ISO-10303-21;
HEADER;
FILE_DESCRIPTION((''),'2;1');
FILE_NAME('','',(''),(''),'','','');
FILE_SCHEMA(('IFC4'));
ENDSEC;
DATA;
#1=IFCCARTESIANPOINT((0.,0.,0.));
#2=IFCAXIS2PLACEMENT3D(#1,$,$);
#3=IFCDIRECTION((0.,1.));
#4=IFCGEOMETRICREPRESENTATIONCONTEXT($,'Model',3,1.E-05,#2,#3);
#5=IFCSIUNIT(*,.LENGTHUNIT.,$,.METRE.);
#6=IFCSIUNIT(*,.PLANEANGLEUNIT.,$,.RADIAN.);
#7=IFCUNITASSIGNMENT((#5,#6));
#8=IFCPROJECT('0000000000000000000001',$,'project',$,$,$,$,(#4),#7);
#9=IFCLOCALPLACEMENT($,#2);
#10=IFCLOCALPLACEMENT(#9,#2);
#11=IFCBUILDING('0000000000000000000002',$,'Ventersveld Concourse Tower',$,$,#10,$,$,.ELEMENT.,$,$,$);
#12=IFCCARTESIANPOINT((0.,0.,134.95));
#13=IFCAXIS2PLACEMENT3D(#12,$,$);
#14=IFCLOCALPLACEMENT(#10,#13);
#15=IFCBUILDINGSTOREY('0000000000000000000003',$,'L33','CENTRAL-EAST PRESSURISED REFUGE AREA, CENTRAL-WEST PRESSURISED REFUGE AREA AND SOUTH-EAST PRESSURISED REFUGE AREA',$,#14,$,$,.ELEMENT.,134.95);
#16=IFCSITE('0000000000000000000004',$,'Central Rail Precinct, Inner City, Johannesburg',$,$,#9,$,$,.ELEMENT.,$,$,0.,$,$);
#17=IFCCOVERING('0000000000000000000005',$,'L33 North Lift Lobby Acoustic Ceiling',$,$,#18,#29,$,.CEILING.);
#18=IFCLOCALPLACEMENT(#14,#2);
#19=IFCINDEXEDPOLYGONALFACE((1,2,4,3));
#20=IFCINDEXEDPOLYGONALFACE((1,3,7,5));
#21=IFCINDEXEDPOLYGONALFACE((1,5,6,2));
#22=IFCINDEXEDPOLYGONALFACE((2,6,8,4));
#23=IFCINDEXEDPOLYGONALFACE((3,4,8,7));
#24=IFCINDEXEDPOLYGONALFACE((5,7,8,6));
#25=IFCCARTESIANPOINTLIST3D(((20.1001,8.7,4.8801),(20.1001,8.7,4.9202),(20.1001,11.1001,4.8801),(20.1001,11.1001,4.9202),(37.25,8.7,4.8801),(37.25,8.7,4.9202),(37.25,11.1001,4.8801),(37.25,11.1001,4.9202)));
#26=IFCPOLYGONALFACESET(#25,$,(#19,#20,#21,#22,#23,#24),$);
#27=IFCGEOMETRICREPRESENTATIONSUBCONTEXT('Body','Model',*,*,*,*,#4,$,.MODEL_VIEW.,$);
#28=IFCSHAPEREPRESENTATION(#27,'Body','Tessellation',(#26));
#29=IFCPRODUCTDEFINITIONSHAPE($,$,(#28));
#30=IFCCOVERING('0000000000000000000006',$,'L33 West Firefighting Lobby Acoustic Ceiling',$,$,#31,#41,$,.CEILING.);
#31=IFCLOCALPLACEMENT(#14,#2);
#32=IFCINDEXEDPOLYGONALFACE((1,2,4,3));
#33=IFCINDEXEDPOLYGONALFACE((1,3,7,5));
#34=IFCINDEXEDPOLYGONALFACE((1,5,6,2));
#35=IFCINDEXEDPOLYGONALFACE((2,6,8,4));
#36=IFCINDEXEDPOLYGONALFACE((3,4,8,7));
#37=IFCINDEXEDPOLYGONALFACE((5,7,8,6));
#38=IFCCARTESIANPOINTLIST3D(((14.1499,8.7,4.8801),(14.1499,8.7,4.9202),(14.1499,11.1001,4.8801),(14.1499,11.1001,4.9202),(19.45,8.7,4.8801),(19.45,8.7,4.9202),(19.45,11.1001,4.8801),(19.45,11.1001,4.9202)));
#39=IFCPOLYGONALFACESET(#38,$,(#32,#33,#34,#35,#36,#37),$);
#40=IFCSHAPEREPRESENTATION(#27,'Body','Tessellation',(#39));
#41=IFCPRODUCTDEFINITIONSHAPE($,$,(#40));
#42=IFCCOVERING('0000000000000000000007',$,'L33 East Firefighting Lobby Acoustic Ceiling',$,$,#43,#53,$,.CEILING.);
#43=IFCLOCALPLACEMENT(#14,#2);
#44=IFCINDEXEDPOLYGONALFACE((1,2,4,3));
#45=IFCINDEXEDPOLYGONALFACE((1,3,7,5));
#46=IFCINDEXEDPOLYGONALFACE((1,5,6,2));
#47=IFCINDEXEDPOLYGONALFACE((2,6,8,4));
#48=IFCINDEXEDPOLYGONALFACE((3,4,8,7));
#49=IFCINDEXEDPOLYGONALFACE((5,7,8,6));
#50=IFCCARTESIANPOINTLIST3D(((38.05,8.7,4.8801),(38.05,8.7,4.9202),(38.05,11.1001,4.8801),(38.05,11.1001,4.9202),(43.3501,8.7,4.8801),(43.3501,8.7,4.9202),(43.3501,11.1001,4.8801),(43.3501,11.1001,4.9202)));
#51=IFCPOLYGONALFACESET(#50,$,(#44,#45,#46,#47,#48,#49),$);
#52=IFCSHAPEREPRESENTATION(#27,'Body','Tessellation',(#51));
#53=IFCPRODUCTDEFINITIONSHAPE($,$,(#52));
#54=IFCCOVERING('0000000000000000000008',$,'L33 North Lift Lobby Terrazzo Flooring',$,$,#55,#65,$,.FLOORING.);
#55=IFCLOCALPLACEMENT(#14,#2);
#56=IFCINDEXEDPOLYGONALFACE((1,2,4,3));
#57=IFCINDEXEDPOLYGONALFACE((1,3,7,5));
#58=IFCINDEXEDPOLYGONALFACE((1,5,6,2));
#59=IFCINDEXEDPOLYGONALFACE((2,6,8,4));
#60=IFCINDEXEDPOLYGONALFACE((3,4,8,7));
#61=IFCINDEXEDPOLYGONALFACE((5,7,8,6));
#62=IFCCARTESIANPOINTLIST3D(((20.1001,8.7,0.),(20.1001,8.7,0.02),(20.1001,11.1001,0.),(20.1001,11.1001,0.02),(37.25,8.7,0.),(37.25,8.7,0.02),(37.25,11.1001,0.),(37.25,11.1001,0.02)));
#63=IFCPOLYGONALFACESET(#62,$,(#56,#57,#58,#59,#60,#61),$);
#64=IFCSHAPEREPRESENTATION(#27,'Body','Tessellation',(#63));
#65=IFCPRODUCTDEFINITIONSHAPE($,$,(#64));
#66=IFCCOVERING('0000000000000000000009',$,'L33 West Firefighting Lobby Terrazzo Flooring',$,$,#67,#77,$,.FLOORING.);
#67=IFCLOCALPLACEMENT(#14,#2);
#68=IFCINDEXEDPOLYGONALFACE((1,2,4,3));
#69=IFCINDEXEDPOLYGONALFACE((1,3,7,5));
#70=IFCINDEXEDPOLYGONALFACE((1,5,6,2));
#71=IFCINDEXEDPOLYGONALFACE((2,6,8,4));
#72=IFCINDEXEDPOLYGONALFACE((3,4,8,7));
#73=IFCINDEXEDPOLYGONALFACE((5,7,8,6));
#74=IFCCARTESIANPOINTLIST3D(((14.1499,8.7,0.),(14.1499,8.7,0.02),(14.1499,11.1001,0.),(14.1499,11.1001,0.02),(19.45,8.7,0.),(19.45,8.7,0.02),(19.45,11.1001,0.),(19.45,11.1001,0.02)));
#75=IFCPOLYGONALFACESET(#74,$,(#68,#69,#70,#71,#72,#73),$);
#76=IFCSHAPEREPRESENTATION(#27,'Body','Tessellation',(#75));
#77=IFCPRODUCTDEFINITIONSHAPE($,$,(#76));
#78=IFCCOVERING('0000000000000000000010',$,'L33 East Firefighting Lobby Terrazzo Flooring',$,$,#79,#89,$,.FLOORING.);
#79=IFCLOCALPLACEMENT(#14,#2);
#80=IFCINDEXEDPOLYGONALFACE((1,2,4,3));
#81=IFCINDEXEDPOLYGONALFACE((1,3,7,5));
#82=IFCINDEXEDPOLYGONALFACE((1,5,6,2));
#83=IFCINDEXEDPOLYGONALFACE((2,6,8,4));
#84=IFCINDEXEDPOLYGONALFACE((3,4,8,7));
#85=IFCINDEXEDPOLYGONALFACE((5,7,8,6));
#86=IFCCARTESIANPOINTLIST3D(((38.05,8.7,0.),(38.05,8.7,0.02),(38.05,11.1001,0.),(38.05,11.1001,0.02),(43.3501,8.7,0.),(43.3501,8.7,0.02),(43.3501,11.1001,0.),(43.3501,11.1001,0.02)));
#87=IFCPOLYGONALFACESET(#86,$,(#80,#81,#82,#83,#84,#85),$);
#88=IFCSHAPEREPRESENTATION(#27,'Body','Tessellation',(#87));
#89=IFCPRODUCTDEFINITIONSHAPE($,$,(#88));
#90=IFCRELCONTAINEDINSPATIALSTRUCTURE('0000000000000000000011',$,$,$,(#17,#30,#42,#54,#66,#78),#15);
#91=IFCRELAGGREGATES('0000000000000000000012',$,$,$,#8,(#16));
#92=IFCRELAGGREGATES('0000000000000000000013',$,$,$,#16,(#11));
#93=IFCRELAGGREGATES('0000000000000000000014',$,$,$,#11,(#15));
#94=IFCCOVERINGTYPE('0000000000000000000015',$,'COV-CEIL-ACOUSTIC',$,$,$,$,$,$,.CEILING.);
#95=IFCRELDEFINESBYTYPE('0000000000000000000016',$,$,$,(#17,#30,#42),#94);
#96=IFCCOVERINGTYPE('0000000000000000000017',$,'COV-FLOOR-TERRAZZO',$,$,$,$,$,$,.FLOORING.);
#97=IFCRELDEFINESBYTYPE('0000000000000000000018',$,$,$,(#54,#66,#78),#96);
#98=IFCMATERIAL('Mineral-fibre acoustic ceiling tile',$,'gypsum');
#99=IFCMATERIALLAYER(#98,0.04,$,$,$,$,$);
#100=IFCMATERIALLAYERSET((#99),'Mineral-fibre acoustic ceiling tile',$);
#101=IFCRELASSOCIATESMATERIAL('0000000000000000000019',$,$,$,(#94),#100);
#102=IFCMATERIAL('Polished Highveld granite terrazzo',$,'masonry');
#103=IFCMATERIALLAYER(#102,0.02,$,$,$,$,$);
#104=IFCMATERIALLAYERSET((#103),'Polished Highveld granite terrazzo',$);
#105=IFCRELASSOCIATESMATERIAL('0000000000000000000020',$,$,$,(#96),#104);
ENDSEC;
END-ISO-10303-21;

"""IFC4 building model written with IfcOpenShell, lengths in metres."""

from ifc_helpers import new_model, si_unit, direction, frame, origin, place, context, subcontext, project, spatial, polyline, outline, extrude, material, layer, layer_set, type_object, element, save


model = new_model("IFC4")

# Units and contexts
model_context = context("Model", 3, precision=1e-05, world=origin(), true_north=direction((0.0, 1.0)))
body_context = subcontext(model_context, "Body", "Model", "MODEL_VIEW")
ifc_project = project(units=[si_unit("LENGTHUNIT", "METRE"), si_unit("PLANEANGLEUNIT", "RADIAN")], contexts=[model_context])

# Site, building, storey
site_placement = place(None, origin())
site = spatial("IfcSite", under=ifc_project, at=site_placement, Name="Central Rail Precinct, Inner City, Johannesburg", CompositionType="ELEMENT", RefElevation=0.0)
building_placement = place(site_placement, origin())
building = spatial("IfcBuilding", under=site, at=building_placement, Name="Ventersveld Concourse Tower", CompositionType="ELEMENT")
storey_placement = place(building_placement, frame((0.0, 0.0, 134.95)))
storey = spatial("IfcBuildingStorey", under=building, at=storey_placement, Name="L33", Description="CENTRAL-EAST PRESSURISED REFUGE AREA, CENTRAL-WEST PRESSURISED REFUGE AREA AND SOUTH-EAST PRESSURISED REFUGE AREA", CompositionType="ELEMENT", Elevation=134.95)

# Coverings
ifc_material_1 = material(Name="Mineral-fibre acoustic ceiling tile", Category="gypsum")
ifc_layer_1 = layer(ifc_material_1, 0.04)
ifc_layer_set_1 = layer_set([ifc_layer_1], Name="Mineral-fibre acoustic ceiling tile")
covering_type_1 = type_object("IfcCoveringType", Name="COV-CEIL-ACOUSTIC", PredefinedType="CEILING", material=ifc_layer_set_1)
covering_1_placement = place(storey_placement, frame((0.0, 0.0, 4.8801)))
element("IfcCovering", 1, at=covering_1_placement, inside=storey, type_object=covering_type_1, Name="L33 North Lift Lobby Acoustic Ceiling", PredefinedType="CEILING", context=body_context, shape_type="SweptSolid", body=[
    extrude(outline(polyline([(20.1001, 8.7), (37.25, 8.7), (37.25, 11.1001), (20.1001, 11.1001), (20.1001, 8.7)])), origin(), (0.0, 0.0, 1.0), 0.04),
])
covering_2_placement = place(storey_placement, frame((0.0, 0.0, 4.8801)))
element("IfcCovering", 2, at=covering_2_placement, inside=storey, type_object=covering_type_1, Name="L33 West Firefighting Lobby Acoustic Ceiling", PredefinedType="CEILING", context=body_context, shape_type="SweptSolid", body=[
    extrude(outline(polyline([(14.1499, 8.7), (19.45, 8.7), (19.45, 11.1001), (14.1499, 11.1001), (14.1499, 8.7)])), origin(), (0.0, 0.0, 1.0), 0.04),
])
covering_3_placement = place(storey_placement, frame((0.0, 0.0, 4.8801)))
element("IfcCovering", 3, at=covering_3_placement, inside=storey, type_object=covering_type_1, Name="L33 East Firefighting Lobby Acoustic Ceiling", PredefinedType="CEILING", context=body_context, shape_type="SweptSolid", body=[
    extrude(outline(polyline([(38.05, 8.7), (43.3501, 8.7), (43.3501, 11.1001), (38.05, 11.1001), (38.05, 8.7)])), origin(), (0.0, 0.0, 1.0), 0.04),
])
ifc_material_2 = material(Name="Polished Highveld granite terrazzo", Category="masonry")
ifc_layer_2 = layer(ifc_material_2, 0.02)
ifc_layer_set_2 = layer_set([ifc_layer_2], Name="Polished Highveld granite terrazzo")
covering_type_2 = type_object("IfcCoveringType", Name="COV-FLOOR-TERRAZZO", PredefinedType="FLOORING", material=ifc_layer_set_2)
covering_4_placement = place(storey_placement, origin())
element("IfcCovering", 4, at=covering_4_placement, inside=storey, type_object=covering_type_2, Name="L33 North Lift Lobby Terrazzo Flooring", PredefinedType="FLOORING", context=body_context, shape_type="SweptSolid", body=[
    extrude(outline(polyline([(20.1001, 8.7), (37.25, 8.7), (37.25, 11.1001), (20.1001, 11.1001), (20.1001, 8.7)])), origin(), (0.0, 0.0, 1.0), 0.02),
])
covering_5_placement = place(storey_placement, origin())
element("IfcCovering", 5, at=covering_5_placement, inside=storey, type_object=covering_type_2, Name="L33 West Firefighting Lobby Terrazzo Flooring", PredefinedType="FLOORING", context=body_context, shape_type="SweptSolid", body=[
    extrude(outline(polyline([(14.1499, 8.7), (19.45, 8.7), (19.45, 11.1001), (14.1499, 11.1001), (14.1499, 8.7)])), origin(), (0.0, 0.0, 1.0), 0.02),
])
covering_6_placement = place(storey_placement, origin())
element("IfcCovering", 6, at=covering_6_placement, inside=storey, type_object=covering_type_2, Name="L33 East Firefighting Lobby Terrazzo Flooring", PredefinedType="FLOORING", context=body_context, shape_type="SweptSolid", body=[
    extrude(outline(polyline([(38.05, 8.7), (43.3501, 8.7), (43.3501, 11.1001), (38.05, 11.1001), (38.05, 8.7)])), origin(), (0.0, 0.0, 1.0), 0.02),
])

save(model, "model.ifc")
